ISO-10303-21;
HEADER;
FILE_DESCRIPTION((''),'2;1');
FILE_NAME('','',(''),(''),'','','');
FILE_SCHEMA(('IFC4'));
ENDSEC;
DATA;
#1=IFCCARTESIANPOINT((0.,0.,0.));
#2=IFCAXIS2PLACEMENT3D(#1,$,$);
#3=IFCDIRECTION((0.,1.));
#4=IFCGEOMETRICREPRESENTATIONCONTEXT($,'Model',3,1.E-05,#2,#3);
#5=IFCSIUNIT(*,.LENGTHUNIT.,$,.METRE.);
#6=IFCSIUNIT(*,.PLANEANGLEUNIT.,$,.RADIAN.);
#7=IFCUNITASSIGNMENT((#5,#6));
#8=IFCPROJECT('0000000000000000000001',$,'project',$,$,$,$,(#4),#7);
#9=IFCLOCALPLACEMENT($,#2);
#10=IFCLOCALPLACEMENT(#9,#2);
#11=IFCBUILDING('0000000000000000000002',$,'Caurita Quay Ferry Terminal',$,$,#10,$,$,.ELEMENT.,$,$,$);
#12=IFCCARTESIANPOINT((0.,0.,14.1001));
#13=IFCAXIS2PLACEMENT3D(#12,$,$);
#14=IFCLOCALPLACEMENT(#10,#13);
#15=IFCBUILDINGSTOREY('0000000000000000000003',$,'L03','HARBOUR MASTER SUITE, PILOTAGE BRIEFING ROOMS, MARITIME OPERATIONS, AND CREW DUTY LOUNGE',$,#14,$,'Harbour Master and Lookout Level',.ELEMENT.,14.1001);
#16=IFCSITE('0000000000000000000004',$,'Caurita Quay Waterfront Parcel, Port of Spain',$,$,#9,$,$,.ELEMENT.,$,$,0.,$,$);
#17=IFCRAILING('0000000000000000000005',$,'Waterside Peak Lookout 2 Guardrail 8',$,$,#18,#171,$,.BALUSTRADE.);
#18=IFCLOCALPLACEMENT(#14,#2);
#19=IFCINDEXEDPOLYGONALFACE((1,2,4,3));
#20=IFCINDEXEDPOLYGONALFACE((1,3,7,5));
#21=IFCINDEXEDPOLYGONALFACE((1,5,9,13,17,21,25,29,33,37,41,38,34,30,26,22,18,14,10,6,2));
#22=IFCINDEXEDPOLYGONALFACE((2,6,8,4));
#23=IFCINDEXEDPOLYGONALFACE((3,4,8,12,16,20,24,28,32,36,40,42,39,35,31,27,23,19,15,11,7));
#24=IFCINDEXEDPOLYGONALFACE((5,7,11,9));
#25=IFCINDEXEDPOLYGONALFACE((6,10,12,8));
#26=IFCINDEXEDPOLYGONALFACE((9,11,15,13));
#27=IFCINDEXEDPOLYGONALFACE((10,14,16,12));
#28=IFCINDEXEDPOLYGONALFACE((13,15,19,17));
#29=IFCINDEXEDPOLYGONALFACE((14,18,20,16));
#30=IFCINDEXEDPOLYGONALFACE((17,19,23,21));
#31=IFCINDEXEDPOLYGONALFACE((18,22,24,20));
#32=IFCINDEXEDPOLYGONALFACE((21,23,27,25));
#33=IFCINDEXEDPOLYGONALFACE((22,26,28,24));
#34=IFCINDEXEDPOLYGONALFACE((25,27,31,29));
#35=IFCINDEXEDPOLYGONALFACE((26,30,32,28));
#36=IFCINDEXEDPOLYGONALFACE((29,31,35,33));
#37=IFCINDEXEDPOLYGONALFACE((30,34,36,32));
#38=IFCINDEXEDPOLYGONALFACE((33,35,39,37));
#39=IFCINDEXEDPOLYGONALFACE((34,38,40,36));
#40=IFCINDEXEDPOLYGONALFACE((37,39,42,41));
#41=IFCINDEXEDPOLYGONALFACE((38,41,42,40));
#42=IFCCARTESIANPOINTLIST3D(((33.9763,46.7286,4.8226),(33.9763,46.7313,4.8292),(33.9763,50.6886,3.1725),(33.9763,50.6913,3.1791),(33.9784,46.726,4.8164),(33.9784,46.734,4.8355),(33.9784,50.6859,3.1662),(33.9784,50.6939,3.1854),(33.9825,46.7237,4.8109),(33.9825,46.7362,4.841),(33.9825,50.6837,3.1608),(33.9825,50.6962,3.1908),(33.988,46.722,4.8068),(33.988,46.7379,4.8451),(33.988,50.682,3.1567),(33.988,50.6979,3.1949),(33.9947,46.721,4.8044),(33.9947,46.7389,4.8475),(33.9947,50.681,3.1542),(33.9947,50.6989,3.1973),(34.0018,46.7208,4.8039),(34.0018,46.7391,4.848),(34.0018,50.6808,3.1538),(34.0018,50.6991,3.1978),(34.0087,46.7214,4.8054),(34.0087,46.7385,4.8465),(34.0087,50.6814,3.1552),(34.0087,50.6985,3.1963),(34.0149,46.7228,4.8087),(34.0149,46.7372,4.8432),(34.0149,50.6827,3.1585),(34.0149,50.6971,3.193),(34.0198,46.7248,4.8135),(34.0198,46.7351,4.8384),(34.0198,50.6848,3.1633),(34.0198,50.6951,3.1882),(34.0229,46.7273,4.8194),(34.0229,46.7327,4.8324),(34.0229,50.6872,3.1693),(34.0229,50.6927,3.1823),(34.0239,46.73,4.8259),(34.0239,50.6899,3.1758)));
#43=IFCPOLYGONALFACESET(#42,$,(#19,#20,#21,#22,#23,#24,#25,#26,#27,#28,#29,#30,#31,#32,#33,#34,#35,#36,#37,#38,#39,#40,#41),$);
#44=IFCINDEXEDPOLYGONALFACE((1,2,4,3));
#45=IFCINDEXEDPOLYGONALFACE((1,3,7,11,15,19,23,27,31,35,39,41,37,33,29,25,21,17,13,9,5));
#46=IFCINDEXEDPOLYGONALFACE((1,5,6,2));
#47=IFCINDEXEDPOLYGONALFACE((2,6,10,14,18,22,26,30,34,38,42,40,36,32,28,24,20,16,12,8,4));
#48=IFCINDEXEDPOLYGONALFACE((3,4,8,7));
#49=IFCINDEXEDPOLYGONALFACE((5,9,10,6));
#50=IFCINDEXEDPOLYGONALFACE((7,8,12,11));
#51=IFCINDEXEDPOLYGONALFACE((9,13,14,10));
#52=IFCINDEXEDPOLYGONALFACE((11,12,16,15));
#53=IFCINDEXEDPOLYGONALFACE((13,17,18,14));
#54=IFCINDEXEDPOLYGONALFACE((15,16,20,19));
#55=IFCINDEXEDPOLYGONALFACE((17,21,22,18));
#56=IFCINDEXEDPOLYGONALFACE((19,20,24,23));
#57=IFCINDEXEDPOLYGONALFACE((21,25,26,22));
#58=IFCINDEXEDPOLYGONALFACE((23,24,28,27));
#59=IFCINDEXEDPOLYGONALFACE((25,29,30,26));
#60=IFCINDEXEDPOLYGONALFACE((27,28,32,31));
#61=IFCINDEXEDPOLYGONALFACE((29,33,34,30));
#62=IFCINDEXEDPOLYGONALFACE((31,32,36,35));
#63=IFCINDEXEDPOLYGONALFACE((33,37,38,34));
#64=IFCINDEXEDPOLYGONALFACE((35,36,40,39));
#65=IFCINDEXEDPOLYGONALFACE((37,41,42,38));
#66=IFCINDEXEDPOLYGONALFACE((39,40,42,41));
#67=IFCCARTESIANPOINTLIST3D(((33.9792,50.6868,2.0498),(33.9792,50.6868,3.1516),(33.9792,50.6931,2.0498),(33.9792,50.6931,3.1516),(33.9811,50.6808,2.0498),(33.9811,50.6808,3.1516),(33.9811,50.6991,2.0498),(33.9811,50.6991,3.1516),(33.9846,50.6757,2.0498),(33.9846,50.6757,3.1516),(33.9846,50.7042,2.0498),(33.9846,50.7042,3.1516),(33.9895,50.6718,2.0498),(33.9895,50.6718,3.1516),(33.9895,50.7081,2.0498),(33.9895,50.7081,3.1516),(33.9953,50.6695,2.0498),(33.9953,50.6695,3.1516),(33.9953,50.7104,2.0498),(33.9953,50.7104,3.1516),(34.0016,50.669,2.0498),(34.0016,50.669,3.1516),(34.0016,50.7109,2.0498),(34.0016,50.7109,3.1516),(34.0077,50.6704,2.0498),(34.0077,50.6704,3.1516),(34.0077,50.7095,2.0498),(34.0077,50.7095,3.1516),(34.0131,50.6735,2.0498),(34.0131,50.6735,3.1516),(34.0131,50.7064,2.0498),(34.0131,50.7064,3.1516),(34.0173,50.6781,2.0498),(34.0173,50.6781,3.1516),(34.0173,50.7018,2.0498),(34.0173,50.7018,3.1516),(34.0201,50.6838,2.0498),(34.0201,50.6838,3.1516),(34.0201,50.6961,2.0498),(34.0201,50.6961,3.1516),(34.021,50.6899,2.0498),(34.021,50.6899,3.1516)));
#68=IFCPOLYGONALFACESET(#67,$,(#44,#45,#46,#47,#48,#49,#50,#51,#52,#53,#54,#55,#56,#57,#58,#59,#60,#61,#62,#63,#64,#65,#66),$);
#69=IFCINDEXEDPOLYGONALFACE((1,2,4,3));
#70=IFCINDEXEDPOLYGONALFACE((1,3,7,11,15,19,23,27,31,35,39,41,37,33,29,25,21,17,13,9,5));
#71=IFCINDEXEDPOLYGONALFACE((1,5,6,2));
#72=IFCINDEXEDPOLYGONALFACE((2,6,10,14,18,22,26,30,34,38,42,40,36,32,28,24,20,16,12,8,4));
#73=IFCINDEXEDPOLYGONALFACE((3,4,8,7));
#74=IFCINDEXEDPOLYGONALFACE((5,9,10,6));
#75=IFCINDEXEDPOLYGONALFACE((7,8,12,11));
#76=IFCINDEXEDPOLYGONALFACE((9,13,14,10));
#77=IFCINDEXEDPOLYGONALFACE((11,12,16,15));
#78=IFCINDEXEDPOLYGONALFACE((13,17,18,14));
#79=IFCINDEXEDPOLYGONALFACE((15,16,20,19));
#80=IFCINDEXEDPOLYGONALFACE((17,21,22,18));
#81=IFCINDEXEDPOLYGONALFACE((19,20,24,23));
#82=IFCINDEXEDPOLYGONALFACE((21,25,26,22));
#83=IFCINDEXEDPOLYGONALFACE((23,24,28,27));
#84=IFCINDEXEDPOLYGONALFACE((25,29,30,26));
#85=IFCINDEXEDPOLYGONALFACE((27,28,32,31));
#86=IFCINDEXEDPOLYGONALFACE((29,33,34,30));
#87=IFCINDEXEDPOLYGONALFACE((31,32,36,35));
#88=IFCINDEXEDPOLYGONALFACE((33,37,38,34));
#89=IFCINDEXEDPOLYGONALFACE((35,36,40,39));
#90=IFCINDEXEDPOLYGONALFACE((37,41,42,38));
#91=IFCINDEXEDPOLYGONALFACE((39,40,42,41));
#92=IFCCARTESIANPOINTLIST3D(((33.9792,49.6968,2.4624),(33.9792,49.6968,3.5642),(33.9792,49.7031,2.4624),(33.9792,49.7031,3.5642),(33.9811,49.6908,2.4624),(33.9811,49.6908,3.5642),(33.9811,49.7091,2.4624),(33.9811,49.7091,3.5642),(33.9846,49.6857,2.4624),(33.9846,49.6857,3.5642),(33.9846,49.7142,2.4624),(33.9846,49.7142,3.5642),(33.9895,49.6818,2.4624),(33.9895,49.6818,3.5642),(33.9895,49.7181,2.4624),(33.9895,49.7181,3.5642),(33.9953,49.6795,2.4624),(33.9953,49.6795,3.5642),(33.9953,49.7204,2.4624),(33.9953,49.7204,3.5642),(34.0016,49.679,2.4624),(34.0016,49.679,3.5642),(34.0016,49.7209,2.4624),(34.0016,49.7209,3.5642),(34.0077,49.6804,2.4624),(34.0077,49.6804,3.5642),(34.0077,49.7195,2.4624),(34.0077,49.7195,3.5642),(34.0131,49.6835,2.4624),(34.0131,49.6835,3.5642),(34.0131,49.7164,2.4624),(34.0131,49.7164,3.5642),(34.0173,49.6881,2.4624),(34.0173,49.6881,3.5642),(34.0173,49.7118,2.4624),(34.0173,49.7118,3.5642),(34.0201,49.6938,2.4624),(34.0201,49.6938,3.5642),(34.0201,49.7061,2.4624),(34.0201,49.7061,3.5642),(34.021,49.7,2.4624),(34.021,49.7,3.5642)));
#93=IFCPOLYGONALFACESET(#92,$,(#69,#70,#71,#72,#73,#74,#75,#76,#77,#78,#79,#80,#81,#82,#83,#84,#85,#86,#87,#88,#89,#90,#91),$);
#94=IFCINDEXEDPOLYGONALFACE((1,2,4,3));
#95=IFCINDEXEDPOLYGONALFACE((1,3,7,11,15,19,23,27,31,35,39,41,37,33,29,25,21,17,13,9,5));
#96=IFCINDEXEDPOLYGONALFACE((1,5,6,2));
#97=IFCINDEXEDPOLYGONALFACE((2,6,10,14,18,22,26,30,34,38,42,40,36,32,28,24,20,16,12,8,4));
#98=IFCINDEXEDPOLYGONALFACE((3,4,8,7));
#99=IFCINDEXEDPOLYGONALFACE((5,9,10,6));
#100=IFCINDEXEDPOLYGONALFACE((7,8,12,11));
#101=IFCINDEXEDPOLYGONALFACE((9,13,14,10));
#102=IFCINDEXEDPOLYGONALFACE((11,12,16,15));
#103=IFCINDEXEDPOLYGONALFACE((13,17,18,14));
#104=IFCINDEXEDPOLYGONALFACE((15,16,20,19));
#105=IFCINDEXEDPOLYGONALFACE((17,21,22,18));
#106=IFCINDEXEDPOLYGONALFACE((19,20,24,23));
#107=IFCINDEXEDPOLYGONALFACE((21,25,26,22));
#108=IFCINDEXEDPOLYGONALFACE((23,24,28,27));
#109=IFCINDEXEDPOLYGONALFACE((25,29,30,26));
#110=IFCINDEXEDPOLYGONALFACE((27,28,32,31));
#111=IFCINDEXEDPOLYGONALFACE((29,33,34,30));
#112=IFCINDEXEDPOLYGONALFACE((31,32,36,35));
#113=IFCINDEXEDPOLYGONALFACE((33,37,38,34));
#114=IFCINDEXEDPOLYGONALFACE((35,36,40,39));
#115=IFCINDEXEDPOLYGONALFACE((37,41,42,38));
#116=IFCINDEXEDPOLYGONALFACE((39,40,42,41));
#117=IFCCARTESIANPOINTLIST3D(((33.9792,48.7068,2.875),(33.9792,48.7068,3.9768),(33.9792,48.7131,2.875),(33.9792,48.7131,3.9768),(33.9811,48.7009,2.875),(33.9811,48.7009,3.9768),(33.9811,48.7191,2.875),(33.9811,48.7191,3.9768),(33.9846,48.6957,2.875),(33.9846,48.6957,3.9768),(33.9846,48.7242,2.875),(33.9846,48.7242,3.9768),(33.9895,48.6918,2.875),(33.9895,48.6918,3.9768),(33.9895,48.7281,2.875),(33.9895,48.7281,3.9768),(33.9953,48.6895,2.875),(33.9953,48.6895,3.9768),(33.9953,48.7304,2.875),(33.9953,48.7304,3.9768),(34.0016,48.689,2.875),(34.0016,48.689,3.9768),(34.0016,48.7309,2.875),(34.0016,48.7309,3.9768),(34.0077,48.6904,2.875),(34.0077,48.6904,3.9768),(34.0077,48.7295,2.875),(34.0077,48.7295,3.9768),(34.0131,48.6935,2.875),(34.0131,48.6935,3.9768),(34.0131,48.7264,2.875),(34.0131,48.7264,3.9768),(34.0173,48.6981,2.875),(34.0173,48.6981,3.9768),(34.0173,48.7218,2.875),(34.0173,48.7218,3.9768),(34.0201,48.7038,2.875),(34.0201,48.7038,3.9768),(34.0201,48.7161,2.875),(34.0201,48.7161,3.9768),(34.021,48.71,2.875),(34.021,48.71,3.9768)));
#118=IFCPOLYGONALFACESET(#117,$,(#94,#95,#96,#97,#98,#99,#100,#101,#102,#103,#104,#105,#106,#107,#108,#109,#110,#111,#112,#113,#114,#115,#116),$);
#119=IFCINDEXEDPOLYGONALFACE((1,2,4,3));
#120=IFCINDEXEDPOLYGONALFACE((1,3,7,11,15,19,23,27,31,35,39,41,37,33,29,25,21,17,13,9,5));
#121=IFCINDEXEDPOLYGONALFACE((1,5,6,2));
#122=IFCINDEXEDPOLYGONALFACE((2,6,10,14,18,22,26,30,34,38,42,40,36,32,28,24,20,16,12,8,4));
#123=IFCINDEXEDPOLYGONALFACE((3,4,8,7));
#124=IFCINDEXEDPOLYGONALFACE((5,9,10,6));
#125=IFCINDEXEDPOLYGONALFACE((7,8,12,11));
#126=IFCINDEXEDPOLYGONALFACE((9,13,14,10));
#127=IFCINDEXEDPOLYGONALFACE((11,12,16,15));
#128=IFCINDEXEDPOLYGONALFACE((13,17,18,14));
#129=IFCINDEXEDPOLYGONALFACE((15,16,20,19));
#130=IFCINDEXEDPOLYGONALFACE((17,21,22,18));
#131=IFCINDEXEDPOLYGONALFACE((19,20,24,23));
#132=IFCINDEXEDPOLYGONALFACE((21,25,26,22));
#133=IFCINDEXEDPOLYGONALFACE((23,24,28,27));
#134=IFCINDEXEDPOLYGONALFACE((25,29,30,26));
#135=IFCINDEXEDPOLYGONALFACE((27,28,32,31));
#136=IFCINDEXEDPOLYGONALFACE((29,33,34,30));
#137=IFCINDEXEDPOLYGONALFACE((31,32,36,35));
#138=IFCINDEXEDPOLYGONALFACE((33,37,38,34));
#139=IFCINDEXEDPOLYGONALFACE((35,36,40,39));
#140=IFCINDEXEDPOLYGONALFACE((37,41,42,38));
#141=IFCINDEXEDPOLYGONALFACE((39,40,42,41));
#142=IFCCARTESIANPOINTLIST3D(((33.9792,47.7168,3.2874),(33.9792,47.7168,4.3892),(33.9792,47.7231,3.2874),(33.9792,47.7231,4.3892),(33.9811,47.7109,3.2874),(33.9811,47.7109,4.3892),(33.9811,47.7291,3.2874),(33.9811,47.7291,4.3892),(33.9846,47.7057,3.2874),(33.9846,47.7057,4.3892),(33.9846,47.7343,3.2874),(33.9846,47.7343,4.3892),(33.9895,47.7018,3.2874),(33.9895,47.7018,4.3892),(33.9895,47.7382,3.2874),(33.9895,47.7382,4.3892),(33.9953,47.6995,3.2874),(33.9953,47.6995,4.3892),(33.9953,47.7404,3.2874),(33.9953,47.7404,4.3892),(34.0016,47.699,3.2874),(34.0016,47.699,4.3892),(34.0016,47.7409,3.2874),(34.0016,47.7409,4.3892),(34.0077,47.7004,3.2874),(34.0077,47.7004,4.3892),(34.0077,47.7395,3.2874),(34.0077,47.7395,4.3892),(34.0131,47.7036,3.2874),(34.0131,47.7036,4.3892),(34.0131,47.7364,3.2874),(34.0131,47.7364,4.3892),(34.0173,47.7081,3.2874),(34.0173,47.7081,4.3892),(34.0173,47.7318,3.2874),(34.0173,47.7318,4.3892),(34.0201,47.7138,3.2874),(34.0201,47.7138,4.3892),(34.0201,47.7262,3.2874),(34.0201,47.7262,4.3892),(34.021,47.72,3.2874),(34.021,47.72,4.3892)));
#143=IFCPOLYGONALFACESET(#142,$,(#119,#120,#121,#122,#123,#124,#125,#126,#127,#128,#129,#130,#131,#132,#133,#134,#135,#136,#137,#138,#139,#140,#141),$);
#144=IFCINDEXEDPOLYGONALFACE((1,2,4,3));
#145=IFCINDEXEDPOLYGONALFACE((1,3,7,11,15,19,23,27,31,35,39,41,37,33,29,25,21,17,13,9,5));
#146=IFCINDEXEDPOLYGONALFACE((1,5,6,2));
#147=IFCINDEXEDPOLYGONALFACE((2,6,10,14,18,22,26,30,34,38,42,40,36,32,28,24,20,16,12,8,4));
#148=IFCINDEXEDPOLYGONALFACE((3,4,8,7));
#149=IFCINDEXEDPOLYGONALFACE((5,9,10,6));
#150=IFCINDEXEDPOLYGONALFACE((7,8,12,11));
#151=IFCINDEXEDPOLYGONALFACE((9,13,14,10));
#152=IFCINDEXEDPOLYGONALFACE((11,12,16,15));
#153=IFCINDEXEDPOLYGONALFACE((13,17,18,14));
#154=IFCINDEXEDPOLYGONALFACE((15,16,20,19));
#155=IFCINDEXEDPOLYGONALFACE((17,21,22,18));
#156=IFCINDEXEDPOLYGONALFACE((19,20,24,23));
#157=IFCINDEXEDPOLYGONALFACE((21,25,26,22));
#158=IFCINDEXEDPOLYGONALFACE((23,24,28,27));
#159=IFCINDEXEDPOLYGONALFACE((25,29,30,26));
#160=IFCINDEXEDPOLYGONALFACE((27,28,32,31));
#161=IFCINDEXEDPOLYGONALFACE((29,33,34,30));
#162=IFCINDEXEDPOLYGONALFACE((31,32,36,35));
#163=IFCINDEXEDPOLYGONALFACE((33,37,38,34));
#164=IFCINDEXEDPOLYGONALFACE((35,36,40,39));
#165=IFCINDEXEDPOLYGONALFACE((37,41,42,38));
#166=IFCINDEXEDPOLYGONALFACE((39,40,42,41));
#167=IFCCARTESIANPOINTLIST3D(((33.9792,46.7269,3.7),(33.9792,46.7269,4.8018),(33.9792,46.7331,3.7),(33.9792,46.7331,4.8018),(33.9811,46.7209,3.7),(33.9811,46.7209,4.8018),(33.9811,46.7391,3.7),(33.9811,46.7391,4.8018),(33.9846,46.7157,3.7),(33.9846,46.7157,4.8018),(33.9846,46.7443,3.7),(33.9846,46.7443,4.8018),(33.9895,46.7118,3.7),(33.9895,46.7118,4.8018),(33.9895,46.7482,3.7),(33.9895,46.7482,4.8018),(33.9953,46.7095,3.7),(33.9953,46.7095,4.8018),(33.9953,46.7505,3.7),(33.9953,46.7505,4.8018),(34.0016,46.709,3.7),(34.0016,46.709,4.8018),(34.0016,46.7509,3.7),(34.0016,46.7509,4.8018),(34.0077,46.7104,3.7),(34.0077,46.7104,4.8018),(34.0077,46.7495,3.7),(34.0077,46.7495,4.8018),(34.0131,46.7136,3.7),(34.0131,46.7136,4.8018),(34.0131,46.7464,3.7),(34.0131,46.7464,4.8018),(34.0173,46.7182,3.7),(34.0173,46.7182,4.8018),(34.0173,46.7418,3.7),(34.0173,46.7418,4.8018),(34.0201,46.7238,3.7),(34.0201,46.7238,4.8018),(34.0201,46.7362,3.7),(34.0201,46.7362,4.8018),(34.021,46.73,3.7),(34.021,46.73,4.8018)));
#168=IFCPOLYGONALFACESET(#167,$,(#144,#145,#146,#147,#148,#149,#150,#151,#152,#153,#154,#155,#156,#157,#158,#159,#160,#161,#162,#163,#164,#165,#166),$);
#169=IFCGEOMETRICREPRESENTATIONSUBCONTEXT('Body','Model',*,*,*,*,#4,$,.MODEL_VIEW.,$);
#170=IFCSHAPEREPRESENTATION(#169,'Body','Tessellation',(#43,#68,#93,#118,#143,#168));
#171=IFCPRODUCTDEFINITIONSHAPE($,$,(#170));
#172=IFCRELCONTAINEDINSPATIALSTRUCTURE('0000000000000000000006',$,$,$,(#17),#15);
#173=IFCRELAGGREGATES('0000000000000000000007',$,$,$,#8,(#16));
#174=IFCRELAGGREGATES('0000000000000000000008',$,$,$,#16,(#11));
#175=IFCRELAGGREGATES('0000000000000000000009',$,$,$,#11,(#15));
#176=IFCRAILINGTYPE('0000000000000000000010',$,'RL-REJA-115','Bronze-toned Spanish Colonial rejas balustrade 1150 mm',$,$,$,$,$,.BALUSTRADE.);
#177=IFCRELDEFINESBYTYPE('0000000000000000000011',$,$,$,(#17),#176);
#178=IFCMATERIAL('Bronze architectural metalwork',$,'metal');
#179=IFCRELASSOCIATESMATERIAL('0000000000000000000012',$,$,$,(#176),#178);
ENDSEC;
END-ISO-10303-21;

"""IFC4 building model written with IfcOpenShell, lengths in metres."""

from ifc_helpers import new_model, si_unit, direction, frame, origin, origin_2d, place, context, subcontext, project, spatial, circle, extrude, material, type_object, element, save


model = new_model("IFC4")

# Units and contexts
model_context = context("Model", 3, precision=1e-05, world=origin(), true_north=direction((0.0, 1.0)))
body_context = subcontext(model_context, "Body", "Model", "MODEL_VIEW")
ifc_project = project(units=[si_unit("LENGTHUNIT", "METRE"), si_unit("PLANEANGLEUNIT", "RADIAN")], contexts=[model_context])

# Site, building, storey
site_placement = place(None, origin())
site = spatial("IfcSite", under=ifc_project, at=site_placement, Name="Caurita Quay Waterfront Parcel, Port of Spain", CompositionType="ELEMENT", RefElevation=0.0)
building_placement = place(site_placement, origin())
building = spatial("IfcBuilding", under=site, at=building_placement, Name="Caurita Quay Ferry Terminal", CompositionType="ELEMENT")
storey_placement = place(building_placement, frame((0.0, 0.0, 14.1001)))
storey = spatial("IfcBuildingStorey", under=building, at=storey_placement, Name="L03", Description="HARBOUR MASTER SUITE, PILOTAGE BRIEFING ROOMS, MARITIME OPERATIONS, AND CREW DUTY LOUNGE", LongName="Harbour Master and Lookout Level", CompositionType="ELEMENT", Elevation=14.1001)

# Railing
ifc_material_1 = material(Name="Bronze architectural metalwork", Category="metal")
railing_type_1 = type_object("IfcRailingType", Name="RL-REJA-115", Description="Bronze-toned Spanish Colonial rejas balustrade 1150 mm", PredefinedType="BALUSTRADE", material=ifc_material_1)
for number, where, name in (
    (1, (34.0, 50.6899, 2.0498), "Waterside Peak Lookout 2 Guardrail 8"),
):
    element("IfcRailing", number, at=place(storey_placement, frame(where)), inside=storey, type_object=railing_type_1, Name=name, PredefinedType="BALUSTRADE", context=body_context, shape_type="SweptSolid", body=[
        extrude(circle(Radius=0.0239, at=origin_2d()), frame((0.0, 0.0, 1.126), z_axis=(0.0, -0.923063, 0.384648), x_axis=(1.0, 0.0, 0.0)), (0.0, 0.0, 1.0), 4.29),
        extrude(circle(Radius=0.021, at=origin_2d()), origin(), (0.0, 0.0, 1.0), 1.1018),
        extrude(circle(Radius=0.021, at=origin_2d()), frame((0.0, -0.99, 0.4126)), (0.0, 0.0, 1.0), 1.1018),
        extrude(circle(Radius=0.021, at=origin_2d()), frame((0.0, -1.98, 0.8252)), (0.0, 0.0, 1.0), 1.1018),
        extrude(circle(Radius=0.021, at=origin_2d()), frame((0.0, -2.97, 1.2375)), (0.0, 0.0, 1.0), 1.1018),
        extrude(circle(Radius=0.021, at=origin_2d()), frame((0.0, -3.96, 1.6501)), (0.0, 0.0, 1.0), 1.1018),
    ])

save(model, "model.ifc")
